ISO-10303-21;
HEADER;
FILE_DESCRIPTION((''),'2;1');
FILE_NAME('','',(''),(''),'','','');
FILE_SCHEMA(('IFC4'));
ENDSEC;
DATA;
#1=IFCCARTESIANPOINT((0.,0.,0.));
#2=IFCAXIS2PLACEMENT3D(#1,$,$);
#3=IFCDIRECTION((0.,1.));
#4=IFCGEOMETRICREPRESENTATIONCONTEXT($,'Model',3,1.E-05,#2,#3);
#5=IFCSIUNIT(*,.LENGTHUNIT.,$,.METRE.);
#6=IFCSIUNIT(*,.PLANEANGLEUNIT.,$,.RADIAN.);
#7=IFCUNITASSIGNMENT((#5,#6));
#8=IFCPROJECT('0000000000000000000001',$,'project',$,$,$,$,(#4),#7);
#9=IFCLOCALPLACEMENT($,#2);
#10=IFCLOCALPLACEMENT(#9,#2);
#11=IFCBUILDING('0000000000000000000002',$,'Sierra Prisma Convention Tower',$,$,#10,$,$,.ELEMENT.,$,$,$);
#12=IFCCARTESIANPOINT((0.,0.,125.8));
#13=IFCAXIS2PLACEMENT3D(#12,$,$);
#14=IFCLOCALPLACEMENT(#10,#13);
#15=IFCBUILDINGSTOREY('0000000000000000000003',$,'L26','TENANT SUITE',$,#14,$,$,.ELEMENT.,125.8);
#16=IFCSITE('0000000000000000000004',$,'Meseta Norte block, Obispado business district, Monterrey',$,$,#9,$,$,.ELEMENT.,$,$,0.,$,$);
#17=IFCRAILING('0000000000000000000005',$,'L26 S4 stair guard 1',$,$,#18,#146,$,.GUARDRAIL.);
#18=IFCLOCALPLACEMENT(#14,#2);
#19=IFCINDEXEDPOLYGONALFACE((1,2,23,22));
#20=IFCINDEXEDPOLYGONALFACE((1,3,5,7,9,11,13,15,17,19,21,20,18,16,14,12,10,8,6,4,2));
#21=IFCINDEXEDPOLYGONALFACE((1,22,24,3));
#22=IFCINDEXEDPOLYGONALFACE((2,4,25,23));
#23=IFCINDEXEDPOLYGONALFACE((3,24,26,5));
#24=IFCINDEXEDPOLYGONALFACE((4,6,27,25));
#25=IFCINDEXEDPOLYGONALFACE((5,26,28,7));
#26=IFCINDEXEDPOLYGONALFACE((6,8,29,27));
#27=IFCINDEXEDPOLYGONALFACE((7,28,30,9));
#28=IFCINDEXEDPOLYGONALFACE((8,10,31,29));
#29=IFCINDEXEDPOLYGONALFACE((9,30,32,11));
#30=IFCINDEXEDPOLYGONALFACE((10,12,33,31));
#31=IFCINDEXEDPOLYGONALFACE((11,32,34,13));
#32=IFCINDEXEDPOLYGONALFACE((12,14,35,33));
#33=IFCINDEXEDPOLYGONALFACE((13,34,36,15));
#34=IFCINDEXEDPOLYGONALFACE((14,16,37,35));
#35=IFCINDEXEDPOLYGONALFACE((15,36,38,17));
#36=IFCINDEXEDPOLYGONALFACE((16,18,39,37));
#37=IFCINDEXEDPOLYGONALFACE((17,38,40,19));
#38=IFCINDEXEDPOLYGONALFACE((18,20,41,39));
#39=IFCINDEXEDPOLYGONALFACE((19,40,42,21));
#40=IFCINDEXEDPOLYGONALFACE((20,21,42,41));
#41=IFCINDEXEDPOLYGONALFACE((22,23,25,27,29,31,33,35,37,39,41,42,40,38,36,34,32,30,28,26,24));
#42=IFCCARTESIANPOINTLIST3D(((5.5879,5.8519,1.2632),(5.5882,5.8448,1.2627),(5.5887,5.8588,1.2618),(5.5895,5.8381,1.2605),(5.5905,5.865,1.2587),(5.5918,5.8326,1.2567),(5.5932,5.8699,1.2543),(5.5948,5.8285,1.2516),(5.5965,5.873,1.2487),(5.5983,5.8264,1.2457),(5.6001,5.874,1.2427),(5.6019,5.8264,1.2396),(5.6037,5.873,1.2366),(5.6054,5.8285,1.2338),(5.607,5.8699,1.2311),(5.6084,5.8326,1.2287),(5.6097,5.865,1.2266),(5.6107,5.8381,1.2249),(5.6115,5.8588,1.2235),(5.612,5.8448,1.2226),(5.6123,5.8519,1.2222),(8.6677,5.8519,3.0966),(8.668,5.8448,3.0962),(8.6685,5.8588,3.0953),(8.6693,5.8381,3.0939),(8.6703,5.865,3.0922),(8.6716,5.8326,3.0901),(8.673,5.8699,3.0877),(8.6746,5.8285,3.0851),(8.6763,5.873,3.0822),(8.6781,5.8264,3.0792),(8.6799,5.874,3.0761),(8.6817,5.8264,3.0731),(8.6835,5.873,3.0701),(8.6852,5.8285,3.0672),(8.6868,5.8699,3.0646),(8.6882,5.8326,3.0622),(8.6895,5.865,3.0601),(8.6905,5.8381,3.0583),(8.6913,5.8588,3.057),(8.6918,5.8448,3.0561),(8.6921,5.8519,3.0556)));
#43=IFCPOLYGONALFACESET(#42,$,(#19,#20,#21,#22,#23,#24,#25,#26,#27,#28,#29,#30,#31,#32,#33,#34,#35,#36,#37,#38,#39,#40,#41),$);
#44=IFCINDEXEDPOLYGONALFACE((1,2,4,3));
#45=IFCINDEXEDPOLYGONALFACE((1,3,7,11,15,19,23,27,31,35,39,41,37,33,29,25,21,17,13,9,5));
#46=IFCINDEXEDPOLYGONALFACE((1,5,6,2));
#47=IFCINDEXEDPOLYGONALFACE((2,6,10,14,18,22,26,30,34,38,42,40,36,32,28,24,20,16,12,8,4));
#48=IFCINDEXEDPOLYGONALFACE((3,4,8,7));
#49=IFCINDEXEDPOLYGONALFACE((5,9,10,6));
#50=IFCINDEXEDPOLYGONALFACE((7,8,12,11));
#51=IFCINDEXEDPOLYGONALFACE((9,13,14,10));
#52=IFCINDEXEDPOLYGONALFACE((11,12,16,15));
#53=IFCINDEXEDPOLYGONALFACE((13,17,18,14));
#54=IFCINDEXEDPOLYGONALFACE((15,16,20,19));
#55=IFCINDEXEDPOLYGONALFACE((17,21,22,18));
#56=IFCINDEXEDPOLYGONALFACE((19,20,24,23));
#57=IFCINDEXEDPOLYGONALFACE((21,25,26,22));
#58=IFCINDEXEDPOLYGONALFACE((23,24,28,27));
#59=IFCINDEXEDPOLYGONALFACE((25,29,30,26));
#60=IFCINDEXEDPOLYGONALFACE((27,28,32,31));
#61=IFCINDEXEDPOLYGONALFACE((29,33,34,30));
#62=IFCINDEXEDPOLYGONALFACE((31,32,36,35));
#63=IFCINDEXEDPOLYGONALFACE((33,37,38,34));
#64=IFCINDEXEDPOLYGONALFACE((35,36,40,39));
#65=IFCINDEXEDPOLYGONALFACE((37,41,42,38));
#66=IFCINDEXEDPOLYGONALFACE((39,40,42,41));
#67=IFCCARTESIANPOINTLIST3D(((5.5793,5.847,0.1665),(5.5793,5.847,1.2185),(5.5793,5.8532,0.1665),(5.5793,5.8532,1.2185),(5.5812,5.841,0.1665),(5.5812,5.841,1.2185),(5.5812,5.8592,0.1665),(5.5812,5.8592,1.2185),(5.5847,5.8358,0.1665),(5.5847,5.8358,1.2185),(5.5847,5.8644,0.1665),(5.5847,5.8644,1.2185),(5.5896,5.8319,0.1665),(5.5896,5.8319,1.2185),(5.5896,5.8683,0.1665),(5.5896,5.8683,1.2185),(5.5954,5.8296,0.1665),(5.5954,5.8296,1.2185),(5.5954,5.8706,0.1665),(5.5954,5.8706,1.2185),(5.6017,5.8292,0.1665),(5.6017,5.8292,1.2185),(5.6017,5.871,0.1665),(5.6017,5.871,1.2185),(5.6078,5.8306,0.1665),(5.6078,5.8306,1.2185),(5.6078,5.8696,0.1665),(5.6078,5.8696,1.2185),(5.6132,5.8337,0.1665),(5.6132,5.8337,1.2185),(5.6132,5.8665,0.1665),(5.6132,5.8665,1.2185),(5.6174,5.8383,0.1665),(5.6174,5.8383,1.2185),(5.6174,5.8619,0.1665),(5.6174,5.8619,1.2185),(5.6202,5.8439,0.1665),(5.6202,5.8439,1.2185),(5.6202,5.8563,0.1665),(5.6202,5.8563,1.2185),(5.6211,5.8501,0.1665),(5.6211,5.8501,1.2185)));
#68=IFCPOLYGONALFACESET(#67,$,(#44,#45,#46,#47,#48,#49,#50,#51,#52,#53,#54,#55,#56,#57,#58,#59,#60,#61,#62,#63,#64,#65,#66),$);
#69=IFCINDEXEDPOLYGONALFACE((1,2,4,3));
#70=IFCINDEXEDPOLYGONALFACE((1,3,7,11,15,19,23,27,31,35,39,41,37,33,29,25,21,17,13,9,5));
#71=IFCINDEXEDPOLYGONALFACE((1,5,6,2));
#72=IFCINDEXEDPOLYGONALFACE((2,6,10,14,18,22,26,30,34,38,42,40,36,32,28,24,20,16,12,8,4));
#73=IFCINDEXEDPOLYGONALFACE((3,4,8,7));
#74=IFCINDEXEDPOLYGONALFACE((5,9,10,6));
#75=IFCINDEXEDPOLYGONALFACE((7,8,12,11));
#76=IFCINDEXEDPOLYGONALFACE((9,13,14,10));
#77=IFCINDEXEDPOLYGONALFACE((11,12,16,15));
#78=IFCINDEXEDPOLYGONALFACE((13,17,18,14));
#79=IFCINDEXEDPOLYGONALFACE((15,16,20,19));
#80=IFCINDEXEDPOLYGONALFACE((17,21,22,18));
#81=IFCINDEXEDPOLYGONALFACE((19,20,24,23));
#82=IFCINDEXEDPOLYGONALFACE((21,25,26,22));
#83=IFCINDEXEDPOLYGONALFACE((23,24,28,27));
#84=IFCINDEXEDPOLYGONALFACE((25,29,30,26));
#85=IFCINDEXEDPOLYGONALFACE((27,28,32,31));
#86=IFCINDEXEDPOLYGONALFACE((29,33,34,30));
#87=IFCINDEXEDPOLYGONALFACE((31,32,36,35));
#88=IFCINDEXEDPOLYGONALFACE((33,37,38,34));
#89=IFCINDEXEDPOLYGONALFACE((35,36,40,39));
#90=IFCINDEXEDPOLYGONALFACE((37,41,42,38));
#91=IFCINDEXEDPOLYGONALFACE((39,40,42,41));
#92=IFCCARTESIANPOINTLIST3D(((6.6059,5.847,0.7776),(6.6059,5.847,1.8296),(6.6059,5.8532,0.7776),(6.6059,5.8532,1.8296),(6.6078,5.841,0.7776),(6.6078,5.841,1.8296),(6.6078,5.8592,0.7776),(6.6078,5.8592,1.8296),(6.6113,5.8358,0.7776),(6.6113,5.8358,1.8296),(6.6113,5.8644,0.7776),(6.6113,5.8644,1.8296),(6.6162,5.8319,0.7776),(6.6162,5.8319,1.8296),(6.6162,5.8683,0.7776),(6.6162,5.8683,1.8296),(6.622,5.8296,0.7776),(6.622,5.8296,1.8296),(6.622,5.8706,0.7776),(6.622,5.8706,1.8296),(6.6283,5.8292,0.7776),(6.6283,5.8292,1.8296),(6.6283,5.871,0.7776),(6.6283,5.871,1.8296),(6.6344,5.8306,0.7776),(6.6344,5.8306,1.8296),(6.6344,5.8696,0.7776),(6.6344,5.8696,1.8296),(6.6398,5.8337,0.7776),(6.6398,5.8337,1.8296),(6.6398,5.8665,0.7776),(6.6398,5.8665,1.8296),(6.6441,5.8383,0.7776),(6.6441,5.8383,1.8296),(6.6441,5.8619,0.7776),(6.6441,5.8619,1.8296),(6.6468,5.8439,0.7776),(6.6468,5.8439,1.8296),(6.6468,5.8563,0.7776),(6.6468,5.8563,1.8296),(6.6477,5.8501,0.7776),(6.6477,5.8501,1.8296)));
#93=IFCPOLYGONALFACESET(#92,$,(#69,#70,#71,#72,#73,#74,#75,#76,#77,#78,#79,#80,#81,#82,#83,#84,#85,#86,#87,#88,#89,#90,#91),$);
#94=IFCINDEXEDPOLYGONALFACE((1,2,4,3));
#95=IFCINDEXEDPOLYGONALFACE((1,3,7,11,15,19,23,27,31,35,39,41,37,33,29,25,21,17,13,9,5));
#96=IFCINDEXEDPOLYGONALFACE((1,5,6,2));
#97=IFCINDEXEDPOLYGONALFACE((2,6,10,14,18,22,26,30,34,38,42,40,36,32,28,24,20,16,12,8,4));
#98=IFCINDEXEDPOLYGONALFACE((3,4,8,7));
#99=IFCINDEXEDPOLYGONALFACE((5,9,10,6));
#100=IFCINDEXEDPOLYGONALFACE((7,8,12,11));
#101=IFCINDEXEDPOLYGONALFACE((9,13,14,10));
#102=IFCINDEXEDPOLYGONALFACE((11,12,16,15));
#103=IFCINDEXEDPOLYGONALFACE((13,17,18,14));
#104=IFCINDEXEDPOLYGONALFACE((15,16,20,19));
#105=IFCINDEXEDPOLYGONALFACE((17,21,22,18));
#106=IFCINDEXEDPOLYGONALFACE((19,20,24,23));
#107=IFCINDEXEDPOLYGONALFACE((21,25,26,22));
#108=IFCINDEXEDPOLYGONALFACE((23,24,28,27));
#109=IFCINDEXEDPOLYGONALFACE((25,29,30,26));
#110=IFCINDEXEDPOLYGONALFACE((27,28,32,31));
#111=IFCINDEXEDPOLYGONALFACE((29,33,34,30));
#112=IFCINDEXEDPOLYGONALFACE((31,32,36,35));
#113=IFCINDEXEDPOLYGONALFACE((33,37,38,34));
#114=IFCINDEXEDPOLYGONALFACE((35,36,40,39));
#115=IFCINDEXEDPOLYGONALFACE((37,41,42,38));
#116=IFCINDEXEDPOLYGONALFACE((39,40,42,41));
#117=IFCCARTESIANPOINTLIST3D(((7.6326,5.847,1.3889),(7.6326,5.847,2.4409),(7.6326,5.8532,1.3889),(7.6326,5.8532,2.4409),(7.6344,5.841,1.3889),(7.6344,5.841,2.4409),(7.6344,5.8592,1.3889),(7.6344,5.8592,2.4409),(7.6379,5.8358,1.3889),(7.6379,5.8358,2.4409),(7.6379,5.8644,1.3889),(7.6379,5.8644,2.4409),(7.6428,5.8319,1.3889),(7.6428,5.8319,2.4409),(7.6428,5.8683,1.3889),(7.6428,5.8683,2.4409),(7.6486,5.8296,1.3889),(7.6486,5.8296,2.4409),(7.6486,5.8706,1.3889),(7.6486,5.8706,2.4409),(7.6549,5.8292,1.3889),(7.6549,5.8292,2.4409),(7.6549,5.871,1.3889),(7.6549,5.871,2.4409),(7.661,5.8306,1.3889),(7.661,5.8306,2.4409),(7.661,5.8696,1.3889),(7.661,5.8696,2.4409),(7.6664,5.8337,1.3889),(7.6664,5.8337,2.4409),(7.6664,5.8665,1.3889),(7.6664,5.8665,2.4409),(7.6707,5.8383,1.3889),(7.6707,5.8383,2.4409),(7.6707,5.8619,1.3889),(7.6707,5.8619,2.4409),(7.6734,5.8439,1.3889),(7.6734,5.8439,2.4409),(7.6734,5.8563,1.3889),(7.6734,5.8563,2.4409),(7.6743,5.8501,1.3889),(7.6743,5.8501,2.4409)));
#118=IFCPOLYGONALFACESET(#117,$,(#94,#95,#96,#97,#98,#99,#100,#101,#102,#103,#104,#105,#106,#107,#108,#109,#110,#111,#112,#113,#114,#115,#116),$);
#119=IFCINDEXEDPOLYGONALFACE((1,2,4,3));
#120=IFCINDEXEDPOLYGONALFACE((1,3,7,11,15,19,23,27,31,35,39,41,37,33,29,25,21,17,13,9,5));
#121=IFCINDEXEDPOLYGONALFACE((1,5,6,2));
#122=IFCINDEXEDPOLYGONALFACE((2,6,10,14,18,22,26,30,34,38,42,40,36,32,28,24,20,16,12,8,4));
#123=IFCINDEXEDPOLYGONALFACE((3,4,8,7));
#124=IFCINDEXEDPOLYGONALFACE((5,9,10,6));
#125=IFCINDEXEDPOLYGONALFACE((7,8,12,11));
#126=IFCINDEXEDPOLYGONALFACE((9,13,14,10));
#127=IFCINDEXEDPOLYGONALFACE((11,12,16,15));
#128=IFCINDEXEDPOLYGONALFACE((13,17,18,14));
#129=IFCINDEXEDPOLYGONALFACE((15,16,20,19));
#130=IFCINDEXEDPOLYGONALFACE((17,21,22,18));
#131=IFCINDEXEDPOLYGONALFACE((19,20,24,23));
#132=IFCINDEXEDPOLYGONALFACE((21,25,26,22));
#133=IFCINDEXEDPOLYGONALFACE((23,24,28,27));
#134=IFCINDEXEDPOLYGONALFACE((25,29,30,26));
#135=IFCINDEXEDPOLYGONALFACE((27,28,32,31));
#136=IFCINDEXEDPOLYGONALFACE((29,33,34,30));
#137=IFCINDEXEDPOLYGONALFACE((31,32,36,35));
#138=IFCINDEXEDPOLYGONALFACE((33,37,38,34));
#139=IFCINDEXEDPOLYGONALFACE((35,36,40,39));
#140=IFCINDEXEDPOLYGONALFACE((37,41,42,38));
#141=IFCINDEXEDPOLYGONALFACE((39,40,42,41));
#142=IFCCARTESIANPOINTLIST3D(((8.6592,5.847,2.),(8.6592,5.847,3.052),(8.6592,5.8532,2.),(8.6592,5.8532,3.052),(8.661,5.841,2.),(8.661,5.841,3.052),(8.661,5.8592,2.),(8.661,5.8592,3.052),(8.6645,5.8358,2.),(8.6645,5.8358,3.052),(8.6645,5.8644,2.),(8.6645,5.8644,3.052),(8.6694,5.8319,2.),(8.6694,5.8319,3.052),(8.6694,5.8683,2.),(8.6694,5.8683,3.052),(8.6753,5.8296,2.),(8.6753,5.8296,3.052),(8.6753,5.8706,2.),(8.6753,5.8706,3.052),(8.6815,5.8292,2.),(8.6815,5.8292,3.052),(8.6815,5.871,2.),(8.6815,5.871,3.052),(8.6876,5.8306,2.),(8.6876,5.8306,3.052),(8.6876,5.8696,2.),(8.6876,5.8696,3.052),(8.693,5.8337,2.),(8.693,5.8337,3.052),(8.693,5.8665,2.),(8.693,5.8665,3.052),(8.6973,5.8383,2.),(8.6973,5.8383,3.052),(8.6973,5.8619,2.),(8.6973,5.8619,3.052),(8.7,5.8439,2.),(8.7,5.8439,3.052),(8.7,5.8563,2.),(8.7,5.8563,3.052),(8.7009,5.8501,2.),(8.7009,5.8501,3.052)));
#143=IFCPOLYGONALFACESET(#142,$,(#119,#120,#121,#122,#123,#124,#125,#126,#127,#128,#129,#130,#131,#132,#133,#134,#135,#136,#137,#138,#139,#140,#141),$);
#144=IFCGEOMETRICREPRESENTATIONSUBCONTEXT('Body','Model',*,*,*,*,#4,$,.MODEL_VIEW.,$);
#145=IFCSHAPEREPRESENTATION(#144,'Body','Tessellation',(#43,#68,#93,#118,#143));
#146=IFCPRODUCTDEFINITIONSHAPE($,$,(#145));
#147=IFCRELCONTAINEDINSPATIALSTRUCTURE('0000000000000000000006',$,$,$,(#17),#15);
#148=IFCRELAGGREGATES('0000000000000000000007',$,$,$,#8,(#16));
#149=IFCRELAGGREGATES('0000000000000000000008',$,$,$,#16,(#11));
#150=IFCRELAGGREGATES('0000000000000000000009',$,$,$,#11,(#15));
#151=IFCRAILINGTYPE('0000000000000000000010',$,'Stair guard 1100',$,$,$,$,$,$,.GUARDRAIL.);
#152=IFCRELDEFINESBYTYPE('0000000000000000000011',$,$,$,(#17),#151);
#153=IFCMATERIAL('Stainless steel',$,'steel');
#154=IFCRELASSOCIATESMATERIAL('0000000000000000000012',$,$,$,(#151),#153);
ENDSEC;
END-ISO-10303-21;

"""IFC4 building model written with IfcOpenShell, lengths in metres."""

from ifc_helpers import new_model, si_unit, direction, frame, origin, origin_2d, place, context, subcontext, project, spatial, circle, extrude, material, type_object, element, save


model = new_model("IFC4")

# Units and contexts
model_context = context("Model", 3, precision=1e-05, world=origin(), true_north=direction((0.0, 1.0)))
body_context = subcontext(model_context, "Body", "Model", "MODEL_VIEW")
ifc_project = project(units=[si_unit("LENGTHUNIT", "METRE"), si_unit("PLANEANGLEUNIT", "RADIAN")], contexts=[model_context])

# Site, building, storey
site_placement = place(None, origin())
site = spatial("IfcSite", under=ifc_project, at=site_placement, Name="Meseta Norte block, Obispado business district, Monterrey", CompositionType="ELEMENT", RefElevation=0.0)
building_placement = place(site_placement, origin())
building = spatial("IfcBuilding", under=site, at=building_placement, Name="Sierra Prisma Convention Tower", CompositionType="ELEMENT")
storey_placement = place(building_placement, frame((0.0, 0.0, 125.8)))
storey = spatial("IfcBuildingStorey", under=building, at=storey_placement, Name="L26", Description="TENANT SUITE", CompositionType="ELEMENT", Elevation=125.8)

# Railing
ifc_material_1 = material(Name="Stainless steel", Category="steel")
railing_type_1 = type_object("IfcRailingType", Name="Stair guard 1100", PredefinedType="GUARDRAIL", material=ifc_material_1)
railing_1_placement = place(storey_placement, frame((5.6001, 5.8501, 0.1665)))
element("IfcRailing", 1, at=railing_1_placement, inside=storey, type_object=railing_type_1, Name="L26 S4 stair guard 1", PredefinedType="GUARDRAIL", context=body_context, shape_type="SweptSolid", body=[
    extrude(circle(Radius=0.0239, at=origin_2d()), frame((0.0, 0.0, 1.0762), z_axis=(0.859261, 0.0, 0.511538), x_axis=(0.0, 1.0, 0.0)), (0.0, 0.0, 1.0), 3.5842),
    extrude(circle(Radius=0.021, at=origin_2d()), origin(), (0.0, 0.0, 1.0), 1.052),
    extrude(circle(Radius=0.021, at=origin_2d()), frame((1.0266, 0.0, 0.6111)), (0.0, 0.0, 1.0), 1.052),
    extrude(circle(Radius=0.021, at=origin_2d()), frame((2.0532, 0.0, 1.2224)), (0.0, 0.0, 1.0), 1.052),
    extrude(circle(Radius=0.021, at=origin_2d()), frame((3.0798, 0.0, 1.8335)), (0.0, 0.0, 1.0), 1.052),
])

save(model, "model.ifc")
